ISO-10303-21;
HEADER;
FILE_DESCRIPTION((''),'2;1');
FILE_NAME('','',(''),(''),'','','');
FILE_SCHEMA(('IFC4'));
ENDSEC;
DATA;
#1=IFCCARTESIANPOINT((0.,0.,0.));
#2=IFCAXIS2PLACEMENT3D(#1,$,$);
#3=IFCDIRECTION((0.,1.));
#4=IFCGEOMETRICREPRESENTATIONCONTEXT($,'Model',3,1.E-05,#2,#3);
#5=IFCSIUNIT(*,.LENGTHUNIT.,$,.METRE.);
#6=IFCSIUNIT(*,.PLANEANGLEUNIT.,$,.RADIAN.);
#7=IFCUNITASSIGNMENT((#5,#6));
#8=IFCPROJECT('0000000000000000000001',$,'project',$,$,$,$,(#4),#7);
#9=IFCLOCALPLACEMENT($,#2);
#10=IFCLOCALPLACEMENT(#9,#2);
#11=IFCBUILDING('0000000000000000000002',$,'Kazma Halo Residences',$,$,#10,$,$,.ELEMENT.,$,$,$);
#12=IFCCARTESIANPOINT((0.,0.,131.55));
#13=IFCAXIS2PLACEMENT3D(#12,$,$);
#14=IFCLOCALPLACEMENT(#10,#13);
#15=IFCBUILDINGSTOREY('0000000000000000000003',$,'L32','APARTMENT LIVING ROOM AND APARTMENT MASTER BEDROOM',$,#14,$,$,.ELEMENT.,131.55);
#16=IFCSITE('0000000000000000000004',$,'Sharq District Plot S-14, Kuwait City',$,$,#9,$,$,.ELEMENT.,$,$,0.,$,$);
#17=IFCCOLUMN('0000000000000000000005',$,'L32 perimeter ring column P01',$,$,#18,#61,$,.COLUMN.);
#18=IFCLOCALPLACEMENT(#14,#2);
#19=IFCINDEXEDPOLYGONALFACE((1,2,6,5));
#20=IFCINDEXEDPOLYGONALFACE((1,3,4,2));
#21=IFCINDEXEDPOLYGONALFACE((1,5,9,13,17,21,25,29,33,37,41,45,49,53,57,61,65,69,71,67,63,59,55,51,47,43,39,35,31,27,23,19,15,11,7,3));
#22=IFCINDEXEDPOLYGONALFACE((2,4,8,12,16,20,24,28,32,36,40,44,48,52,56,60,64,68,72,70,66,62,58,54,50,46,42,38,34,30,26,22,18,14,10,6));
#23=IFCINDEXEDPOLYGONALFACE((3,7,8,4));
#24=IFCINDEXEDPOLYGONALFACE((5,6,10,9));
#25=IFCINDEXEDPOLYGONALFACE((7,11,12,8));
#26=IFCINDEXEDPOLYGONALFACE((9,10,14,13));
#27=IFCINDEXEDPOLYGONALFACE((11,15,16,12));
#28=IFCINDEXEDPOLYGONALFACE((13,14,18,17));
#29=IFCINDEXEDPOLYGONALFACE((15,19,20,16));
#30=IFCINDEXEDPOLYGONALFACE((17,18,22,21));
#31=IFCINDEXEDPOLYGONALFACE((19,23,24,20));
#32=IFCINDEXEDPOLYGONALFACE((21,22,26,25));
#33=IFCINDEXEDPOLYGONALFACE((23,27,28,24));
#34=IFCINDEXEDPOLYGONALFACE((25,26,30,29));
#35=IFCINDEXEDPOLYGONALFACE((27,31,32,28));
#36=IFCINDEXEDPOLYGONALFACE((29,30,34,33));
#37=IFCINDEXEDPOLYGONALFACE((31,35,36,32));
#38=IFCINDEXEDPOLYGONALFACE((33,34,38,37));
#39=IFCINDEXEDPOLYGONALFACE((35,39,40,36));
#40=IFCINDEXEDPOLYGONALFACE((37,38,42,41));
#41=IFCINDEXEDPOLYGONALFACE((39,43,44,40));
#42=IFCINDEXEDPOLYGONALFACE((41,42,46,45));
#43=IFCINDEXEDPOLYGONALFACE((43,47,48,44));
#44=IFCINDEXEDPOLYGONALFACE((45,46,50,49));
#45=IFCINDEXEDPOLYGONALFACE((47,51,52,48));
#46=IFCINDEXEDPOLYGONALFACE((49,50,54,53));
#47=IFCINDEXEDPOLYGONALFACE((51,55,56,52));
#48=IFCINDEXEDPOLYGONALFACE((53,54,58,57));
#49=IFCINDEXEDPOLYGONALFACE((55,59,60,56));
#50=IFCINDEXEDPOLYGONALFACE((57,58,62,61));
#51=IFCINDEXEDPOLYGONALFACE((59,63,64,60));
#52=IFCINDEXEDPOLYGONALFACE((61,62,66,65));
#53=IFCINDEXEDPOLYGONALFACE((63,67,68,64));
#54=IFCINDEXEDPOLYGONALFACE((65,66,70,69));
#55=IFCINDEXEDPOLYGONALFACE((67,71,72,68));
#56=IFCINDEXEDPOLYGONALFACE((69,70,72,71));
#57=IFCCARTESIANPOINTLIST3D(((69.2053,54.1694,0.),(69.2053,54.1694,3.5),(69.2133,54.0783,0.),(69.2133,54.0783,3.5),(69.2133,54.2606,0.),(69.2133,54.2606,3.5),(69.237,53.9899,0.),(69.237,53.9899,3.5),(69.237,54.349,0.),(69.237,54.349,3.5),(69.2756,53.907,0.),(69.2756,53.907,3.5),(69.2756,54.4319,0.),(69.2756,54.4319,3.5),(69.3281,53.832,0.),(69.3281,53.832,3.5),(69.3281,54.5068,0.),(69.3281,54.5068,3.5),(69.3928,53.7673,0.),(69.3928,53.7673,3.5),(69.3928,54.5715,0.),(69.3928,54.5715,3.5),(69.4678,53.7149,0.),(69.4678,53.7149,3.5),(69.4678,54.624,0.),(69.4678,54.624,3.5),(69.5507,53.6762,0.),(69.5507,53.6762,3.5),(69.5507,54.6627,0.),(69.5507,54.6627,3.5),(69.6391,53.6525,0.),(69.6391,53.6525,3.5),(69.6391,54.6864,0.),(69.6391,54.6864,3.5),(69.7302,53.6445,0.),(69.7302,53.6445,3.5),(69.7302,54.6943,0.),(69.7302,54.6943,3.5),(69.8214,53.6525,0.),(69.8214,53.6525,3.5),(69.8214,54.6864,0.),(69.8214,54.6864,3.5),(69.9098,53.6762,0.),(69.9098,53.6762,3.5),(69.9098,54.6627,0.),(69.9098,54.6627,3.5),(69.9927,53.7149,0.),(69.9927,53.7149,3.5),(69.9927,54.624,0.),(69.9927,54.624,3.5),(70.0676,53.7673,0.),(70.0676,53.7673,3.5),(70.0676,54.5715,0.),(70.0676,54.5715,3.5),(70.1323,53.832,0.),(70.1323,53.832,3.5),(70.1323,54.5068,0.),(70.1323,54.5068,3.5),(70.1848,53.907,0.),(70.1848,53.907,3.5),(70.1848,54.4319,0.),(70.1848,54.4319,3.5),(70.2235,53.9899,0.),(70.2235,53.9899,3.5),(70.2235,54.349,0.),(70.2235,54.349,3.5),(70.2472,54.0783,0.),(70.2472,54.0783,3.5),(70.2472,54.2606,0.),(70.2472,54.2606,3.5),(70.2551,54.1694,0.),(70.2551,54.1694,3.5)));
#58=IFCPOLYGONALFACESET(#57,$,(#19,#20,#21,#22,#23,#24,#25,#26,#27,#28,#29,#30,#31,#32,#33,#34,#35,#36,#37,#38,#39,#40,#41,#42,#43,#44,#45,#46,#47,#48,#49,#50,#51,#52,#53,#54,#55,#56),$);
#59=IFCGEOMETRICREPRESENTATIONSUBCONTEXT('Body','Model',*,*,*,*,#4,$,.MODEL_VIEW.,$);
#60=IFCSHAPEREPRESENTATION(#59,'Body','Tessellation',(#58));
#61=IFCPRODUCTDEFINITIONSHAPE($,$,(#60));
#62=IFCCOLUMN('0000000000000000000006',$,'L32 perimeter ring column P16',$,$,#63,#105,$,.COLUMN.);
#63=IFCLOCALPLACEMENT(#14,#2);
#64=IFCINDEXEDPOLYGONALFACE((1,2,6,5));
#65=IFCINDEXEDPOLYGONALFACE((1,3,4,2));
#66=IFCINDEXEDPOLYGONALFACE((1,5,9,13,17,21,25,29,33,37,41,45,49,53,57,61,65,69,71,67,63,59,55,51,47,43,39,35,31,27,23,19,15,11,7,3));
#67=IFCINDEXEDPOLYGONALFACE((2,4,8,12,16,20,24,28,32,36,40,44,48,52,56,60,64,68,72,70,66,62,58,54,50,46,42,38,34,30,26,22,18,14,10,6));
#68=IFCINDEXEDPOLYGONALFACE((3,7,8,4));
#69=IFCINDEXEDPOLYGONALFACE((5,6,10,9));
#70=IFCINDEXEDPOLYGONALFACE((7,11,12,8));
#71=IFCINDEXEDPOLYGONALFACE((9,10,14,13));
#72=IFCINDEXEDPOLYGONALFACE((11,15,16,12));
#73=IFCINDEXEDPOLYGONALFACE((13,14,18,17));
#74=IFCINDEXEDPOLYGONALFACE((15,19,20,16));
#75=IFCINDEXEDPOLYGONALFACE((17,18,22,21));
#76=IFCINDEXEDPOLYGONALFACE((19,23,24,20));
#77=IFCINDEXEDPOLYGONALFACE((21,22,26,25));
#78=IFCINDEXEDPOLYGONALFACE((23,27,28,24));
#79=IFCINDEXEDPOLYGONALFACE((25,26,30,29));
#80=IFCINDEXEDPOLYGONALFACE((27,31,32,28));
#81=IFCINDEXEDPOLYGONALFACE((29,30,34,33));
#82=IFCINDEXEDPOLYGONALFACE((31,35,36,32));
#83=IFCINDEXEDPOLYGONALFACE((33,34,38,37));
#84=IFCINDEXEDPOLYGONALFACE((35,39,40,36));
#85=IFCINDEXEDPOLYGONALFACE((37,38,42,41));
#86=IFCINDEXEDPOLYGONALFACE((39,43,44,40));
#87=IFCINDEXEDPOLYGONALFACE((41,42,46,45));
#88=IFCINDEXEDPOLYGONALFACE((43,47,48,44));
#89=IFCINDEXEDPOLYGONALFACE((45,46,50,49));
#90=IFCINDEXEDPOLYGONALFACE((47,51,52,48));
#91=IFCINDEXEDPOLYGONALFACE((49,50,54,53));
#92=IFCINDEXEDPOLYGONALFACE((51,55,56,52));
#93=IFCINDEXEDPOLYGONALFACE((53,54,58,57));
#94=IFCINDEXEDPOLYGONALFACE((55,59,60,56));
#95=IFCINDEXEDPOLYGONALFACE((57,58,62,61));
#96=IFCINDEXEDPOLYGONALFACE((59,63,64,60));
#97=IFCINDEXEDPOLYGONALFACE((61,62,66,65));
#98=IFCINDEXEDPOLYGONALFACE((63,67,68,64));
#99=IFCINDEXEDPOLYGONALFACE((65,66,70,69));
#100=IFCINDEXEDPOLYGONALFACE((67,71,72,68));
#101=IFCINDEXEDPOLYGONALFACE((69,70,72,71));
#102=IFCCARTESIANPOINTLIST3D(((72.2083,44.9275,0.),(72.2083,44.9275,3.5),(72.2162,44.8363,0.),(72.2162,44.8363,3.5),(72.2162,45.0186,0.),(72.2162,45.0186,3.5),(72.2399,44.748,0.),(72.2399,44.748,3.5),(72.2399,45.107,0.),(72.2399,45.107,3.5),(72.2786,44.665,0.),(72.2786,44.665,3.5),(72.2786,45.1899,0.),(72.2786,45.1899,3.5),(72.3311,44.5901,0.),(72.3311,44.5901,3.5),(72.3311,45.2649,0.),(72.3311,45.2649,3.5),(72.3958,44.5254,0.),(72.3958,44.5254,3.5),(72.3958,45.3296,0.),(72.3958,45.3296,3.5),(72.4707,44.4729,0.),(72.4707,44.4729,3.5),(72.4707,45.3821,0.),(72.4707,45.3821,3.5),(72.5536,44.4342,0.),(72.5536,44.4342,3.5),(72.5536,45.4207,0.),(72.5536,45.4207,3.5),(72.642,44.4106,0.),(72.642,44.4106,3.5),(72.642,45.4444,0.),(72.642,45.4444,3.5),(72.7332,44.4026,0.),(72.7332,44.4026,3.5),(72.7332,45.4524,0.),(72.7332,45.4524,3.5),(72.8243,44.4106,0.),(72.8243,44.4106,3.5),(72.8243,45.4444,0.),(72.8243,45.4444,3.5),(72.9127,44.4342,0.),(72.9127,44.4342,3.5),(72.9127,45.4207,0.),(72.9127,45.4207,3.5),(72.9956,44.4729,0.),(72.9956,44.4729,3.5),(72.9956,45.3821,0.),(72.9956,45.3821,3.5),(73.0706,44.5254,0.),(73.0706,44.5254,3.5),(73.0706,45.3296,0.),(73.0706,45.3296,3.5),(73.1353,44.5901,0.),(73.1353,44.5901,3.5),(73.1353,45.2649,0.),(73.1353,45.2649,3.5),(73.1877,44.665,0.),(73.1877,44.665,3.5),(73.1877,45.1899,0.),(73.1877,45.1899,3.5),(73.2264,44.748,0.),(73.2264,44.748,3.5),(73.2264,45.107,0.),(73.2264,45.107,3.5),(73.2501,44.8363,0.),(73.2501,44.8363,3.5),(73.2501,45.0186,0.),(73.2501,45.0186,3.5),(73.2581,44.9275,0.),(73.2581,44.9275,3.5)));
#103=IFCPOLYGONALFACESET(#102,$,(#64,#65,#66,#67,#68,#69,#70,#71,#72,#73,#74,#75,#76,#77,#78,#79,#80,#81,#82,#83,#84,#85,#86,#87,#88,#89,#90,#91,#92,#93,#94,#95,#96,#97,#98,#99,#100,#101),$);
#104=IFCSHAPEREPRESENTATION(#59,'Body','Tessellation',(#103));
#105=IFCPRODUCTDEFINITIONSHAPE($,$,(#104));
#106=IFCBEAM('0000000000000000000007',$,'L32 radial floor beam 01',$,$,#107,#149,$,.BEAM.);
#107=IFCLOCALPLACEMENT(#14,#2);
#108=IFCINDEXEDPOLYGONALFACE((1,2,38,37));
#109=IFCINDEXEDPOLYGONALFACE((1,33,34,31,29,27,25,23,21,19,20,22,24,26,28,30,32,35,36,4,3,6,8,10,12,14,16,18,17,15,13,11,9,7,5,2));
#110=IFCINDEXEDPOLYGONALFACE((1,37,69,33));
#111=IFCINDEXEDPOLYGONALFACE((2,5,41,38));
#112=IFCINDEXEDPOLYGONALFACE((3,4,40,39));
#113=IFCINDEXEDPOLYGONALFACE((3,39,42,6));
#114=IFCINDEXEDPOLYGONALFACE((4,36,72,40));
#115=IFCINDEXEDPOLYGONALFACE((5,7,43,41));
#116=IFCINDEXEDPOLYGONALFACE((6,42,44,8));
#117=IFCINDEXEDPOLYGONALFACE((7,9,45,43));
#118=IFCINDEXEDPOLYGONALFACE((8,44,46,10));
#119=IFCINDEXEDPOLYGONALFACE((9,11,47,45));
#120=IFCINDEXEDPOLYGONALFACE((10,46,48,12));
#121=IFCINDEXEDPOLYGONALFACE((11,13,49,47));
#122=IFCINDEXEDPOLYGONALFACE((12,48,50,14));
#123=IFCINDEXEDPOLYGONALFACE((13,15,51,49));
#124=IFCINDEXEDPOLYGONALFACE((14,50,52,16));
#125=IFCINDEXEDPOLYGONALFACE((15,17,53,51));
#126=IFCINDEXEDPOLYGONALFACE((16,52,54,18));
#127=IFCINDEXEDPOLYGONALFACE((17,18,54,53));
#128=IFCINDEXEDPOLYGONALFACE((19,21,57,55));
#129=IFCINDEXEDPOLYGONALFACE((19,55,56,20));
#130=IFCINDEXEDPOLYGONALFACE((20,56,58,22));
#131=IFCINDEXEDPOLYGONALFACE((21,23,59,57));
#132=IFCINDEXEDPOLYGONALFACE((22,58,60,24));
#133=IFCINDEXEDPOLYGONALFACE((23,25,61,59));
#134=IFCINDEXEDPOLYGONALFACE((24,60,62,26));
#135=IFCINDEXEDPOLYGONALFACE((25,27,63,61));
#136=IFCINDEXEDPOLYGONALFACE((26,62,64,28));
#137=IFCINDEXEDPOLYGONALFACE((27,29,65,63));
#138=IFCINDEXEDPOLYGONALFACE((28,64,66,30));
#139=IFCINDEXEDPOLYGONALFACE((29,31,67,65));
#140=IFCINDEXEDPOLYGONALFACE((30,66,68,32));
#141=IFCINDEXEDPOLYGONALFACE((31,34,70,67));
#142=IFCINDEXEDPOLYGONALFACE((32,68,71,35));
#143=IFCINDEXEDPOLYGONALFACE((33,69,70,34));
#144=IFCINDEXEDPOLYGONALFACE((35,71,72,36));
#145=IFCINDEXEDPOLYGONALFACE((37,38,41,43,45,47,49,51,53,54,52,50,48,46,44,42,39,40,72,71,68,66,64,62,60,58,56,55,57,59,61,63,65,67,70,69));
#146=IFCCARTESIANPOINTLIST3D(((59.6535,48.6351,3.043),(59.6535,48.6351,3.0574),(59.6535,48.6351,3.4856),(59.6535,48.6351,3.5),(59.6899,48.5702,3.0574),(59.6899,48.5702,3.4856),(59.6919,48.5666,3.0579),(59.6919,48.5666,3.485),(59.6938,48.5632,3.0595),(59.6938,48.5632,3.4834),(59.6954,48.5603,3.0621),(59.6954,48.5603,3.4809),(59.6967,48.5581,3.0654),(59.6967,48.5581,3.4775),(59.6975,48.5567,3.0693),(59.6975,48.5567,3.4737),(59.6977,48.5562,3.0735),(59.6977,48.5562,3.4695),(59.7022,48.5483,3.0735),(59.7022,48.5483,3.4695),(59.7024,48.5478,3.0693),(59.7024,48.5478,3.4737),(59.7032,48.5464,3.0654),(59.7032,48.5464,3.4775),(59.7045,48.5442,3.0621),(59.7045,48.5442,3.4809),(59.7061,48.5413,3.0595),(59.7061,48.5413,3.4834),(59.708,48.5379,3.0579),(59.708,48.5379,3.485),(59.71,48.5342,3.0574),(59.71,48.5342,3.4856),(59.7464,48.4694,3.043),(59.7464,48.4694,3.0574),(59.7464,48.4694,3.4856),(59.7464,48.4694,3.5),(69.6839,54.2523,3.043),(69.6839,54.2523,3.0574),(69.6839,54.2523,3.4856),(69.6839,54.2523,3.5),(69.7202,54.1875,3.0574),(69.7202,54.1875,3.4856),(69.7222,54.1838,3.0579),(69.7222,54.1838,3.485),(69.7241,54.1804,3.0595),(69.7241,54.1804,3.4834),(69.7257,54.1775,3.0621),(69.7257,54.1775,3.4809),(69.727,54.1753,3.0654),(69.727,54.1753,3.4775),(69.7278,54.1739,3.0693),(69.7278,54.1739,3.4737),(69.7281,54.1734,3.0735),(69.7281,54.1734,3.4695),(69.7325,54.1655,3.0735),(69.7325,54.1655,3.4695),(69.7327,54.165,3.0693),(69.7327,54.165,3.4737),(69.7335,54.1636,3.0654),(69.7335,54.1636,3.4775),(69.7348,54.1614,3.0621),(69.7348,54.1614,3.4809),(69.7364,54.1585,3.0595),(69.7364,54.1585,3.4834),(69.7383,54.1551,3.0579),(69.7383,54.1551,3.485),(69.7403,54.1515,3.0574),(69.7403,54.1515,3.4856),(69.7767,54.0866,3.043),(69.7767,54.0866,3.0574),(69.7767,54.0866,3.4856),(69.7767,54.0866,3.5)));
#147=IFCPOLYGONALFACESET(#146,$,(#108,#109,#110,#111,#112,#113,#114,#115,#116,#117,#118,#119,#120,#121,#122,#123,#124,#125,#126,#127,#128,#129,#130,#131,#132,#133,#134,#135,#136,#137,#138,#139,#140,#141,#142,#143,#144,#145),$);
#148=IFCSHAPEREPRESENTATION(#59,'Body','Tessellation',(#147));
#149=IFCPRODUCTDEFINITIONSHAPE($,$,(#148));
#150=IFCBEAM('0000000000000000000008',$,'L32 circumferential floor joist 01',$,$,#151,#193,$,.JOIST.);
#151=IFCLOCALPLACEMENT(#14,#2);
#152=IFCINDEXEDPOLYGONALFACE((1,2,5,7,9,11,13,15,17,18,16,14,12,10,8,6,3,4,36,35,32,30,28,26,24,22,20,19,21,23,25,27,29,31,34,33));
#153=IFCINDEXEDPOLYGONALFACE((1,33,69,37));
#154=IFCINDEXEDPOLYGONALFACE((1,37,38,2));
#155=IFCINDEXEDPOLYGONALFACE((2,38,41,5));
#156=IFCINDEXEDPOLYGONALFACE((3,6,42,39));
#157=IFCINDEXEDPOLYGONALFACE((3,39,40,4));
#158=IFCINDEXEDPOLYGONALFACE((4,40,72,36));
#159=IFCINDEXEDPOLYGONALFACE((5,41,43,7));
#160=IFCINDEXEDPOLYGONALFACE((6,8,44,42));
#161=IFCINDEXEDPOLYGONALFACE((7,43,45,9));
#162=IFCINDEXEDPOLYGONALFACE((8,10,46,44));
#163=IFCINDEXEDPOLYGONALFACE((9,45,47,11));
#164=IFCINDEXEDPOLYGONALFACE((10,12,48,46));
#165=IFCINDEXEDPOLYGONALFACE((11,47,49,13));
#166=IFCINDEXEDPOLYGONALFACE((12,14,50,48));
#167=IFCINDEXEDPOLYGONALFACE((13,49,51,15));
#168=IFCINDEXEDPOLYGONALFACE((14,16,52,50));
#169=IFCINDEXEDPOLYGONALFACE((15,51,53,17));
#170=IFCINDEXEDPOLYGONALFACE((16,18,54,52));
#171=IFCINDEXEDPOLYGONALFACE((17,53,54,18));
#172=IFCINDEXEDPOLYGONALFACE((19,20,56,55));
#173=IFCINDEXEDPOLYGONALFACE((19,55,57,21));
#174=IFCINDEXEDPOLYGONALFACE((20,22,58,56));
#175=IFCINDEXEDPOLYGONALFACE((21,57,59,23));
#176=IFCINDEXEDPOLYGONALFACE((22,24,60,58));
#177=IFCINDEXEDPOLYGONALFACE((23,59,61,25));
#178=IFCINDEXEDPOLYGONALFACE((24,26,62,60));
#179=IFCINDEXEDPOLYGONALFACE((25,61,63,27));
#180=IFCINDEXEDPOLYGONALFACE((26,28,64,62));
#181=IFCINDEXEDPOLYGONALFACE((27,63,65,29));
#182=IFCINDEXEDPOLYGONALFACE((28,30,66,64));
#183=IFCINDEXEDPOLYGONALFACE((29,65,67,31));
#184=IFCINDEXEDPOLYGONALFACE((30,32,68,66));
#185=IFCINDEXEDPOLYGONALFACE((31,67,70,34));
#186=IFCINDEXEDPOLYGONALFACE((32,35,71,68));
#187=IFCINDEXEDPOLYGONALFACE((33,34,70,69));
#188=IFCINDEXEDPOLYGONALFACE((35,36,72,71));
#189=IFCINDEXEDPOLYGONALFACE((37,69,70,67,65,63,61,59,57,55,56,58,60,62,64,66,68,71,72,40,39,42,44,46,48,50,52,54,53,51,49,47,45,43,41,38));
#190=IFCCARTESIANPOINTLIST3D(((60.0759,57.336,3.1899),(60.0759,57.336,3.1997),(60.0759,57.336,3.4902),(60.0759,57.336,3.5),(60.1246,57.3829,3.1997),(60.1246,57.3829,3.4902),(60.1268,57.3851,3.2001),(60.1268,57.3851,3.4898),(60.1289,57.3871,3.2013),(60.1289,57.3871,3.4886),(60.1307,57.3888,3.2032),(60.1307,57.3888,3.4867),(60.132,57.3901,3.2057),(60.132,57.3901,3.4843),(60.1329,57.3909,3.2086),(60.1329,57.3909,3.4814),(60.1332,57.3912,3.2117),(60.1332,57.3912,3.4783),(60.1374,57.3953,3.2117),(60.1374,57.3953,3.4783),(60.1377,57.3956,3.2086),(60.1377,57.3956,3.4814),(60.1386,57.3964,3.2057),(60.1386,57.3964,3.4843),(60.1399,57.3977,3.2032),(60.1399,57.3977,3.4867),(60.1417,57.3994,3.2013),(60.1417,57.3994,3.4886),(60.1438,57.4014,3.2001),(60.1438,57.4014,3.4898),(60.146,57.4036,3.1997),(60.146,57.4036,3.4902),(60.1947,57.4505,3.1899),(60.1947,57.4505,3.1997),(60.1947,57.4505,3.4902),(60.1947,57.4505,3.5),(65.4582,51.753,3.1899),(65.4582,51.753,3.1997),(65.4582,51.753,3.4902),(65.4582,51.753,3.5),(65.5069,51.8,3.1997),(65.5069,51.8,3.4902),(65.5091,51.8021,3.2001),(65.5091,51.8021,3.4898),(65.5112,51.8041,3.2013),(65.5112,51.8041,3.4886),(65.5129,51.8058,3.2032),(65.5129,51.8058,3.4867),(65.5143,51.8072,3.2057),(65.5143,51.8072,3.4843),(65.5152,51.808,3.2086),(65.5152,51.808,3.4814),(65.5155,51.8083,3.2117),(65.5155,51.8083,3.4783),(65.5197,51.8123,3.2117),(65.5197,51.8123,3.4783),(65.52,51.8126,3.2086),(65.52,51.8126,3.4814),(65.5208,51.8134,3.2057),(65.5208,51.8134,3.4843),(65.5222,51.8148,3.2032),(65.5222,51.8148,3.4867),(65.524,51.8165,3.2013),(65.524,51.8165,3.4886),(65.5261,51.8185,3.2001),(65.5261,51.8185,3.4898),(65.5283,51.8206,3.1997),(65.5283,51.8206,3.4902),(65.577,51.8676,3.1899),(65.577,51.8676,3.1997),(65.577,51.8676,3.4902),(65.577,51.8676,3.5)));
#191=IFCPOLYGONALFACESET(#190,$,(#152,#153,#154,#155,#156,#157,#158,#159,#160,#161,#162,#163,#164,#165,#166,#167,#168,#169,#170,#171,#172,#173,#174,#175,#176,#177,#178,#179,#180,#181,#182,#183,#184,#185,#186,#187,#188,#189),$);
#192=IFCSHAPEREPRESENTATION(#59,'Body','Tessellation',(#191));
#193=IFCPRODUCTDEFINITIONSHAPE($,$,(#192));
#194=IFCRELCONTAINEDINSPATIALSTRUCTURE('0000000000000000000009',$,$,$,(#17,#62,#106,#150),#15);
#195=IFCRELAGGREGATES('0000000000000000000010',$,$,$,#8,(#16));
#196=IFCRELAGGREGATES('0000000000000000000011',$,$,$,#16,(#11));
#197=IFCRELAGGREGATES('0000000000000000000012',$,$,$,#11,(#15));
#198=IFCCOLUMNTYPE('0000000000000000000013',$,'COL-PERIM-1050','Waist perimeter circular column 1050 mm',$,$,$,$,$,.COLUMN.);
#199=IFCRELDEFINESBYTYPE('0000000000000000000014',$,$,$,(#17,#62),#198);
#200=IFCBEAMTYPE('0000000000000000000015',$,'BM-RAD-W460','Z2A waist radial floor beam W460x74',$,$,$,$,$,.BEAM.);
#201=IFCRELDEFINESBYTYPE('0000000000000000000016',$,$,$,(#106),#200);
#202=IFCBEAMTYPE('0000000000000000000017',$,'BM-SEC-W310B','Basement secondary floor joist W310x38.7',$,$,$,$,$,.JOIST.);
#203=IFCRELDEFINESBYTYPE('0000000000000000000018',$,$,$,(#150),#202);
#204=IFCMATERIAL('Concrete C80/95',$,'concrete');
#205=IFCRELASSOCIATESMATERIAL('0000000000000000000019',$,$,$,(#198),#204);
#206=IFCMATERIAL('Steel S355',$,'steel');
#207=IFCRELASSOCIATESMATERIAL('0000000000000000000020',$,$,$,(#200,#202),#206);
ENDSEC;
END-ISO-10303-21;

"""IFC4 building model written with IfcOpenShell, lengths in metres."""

from ifc_helpers import new_model, si_unit, direction, frame, origin, origin_2d, place, context, subcontext, project, spatial, circle, i_section, extrude, material, material_profile, profile_set, type_object, element, save


model = new_model("IFC4")

# Units and contexts
model_context = context("Model", 3, precision=1e-05, world=origin(), true_north=direction((0.0, 1.0)))
body_context = subcontext(model_context, "Body", "Model", "MODEL_VIEW")
ifc_project = project(units=[si_unit("LENGTHUNIT", "METRE"), si_unit("PLANEANGLEUNIT", "RADIAN")], contexts=[model_context])

# Site, building, storey
site_placement = place(None, origin())
site = spatial("IfcSite", under=ifc_project, at=site_placement, Name="Sharq District Plot S-14, Kuwait City", CompositionType="ELEMENT", RefElevation=0.0)
building_placement = place(site_placement, origin())
building = spatial("IfcBuilding", under=site, at=building_placement, Name="Kazma Halo Residences", CompositionType="ELEMENT")
storey_placement = place(building_placement, frame((0.0, 0.0, 131.55)))
storey = spatial("IfcBuildingStorey", under=building, at=storey_placement, Name="L32", Description="APARTMENT LIVING ROOM AND APARTMENT MASTER BEDROOM", CompositionType="ELEMENT", Elevation=131.55)

# Columns
ifc_material_1 = material(Name="Concrete C80/95", Category="concrete")
ifc_material_profile_1 = material_profile(ifc_material_1, circle(Radius=0.5249, at=origin_2d()), Name="CIRC1050")
ifc_profile_set_1 = profile_set([ifc_material_profile_1], Name="Concrete C80/95")
column_type = type_object("IfcColumnType", Name="COL-PERIM-1050", Description="Waist perimeter circular column 1050 mm", PredefinedType="COLUMN", material=ifc_profile_set_1)
for number, where, z_axis, x_axis, name in (
    (1, (69.7302, 54.1694, 0.0), (0.0, 0.0, 1.0), (1.0, 0.0, 0.0), "L32 perimeter ring column P01"),
    (2, (72.7332, 44.9275, 0.0), (0.0, 0.0, 1.0), (1.0, 0.0, 0.0), "L32 perimeter ring column P16"),
):
    element("IfcColumn", number, at=place(storey_placement, frame(where, z_axis=z_axis, x_axis=x_axis)), inside=storey, type_object=column_type, Name=name, PredefinedType="COLUMN", context=body_context, shape_type="SweptSolid", body=[
        extrude(circle(Radius=0.5249, at=origin_2d()), origin(), (0.0, 0.0, 1.0), 3.5),
    ])

# Beams
ifc_material_2 = material(Name="Steel S355", Category="steel")
ifc_material_profile_2 = material_profile(ifc_material_2, i_section(OverallWidth=0.1899, OverallDepth=0.457, WebThickness=0.009, FlangeThickness=0.0144, FilletRadius=0.0161, at=origin_2d()), Name="W460x74")
ifc_profile_set_2 = profile_set([ifc_material_profile_2], Name="Steel S355")
beam_type_1 = type_object("IfcBeamType", Name="BM-RAD-W460", Description="Z2A waist radial floor beam W460x74", PredefinedType="BEAM", material=ifc_profile_set_2)
beam_1_placement = place(storey_placement, frame((59.7, 48.5522, 3.2715), z_axis=(0.872497, 0.488619, 0.0), x_axis=(-0.488619, 0.872497, 0.0)))
element("IfcBeam", 3, at=beam_1_placement, inside=storey, type_object=beam_type_1, Name="L32 radial floor beam 01", PredefinedType="BEAM", context=body_context, shape_type="SweptSolid", body=[
    extrude(i_section(OverallWidth=0.1899, OverallDepth=0.457, WebThickness=0.009, FlangeThickness=0.0144, FilletRadius=0.0161, at=origin_2d()), origin(), (0.0, 0.0, 1.0), 11.4961),
])
ifc_material_profile_3 = material_profile(ifc_material_2, i_section(OverallWidth=0.165, OverallDepth=0.3101, WebThickness=0.0059, FlangeThickness=0.0098, FilletRadius=0.012, at=origin_2d()), Name="W310x38.7")
ifc_profile_set_3 = profile_set([ifc_material_profile_3], Name="Steel S355")
beam_type_2 = type_object("IfcBeamType", Name="BM-SEC-W310B", Description="Basement secondary floor joist W310x38.7", PredefinedType="JOIST", material=ifc_profile_set_3)
beam_2_placement = place(storey_placement, frame((65.5176, 51.8103, 3.345), z_axis=(-0.694049, 0.719927, 0.0), x_axis=(-0.719927, -0.694049, 0.0)))
element("IfcBeam", 4, at=beam_2_placement, inside=storey, type_object=beam_type_2, Name="L32 circumferential floor joist 01", PredefinedType="JOIST", context=body_context, shape_type="SweptSolid", body=[
    extrude(i_section(OverallWidth=0.165, OverallDepth=0.3101, WebThickness=0.0059, FlangeThickness=0.0098, FilletRadius=0.012, at=origin_2d()), origin(), (0.0, 0.0, 1.0), 7.7549),
])

save(model, "model.ifc")
